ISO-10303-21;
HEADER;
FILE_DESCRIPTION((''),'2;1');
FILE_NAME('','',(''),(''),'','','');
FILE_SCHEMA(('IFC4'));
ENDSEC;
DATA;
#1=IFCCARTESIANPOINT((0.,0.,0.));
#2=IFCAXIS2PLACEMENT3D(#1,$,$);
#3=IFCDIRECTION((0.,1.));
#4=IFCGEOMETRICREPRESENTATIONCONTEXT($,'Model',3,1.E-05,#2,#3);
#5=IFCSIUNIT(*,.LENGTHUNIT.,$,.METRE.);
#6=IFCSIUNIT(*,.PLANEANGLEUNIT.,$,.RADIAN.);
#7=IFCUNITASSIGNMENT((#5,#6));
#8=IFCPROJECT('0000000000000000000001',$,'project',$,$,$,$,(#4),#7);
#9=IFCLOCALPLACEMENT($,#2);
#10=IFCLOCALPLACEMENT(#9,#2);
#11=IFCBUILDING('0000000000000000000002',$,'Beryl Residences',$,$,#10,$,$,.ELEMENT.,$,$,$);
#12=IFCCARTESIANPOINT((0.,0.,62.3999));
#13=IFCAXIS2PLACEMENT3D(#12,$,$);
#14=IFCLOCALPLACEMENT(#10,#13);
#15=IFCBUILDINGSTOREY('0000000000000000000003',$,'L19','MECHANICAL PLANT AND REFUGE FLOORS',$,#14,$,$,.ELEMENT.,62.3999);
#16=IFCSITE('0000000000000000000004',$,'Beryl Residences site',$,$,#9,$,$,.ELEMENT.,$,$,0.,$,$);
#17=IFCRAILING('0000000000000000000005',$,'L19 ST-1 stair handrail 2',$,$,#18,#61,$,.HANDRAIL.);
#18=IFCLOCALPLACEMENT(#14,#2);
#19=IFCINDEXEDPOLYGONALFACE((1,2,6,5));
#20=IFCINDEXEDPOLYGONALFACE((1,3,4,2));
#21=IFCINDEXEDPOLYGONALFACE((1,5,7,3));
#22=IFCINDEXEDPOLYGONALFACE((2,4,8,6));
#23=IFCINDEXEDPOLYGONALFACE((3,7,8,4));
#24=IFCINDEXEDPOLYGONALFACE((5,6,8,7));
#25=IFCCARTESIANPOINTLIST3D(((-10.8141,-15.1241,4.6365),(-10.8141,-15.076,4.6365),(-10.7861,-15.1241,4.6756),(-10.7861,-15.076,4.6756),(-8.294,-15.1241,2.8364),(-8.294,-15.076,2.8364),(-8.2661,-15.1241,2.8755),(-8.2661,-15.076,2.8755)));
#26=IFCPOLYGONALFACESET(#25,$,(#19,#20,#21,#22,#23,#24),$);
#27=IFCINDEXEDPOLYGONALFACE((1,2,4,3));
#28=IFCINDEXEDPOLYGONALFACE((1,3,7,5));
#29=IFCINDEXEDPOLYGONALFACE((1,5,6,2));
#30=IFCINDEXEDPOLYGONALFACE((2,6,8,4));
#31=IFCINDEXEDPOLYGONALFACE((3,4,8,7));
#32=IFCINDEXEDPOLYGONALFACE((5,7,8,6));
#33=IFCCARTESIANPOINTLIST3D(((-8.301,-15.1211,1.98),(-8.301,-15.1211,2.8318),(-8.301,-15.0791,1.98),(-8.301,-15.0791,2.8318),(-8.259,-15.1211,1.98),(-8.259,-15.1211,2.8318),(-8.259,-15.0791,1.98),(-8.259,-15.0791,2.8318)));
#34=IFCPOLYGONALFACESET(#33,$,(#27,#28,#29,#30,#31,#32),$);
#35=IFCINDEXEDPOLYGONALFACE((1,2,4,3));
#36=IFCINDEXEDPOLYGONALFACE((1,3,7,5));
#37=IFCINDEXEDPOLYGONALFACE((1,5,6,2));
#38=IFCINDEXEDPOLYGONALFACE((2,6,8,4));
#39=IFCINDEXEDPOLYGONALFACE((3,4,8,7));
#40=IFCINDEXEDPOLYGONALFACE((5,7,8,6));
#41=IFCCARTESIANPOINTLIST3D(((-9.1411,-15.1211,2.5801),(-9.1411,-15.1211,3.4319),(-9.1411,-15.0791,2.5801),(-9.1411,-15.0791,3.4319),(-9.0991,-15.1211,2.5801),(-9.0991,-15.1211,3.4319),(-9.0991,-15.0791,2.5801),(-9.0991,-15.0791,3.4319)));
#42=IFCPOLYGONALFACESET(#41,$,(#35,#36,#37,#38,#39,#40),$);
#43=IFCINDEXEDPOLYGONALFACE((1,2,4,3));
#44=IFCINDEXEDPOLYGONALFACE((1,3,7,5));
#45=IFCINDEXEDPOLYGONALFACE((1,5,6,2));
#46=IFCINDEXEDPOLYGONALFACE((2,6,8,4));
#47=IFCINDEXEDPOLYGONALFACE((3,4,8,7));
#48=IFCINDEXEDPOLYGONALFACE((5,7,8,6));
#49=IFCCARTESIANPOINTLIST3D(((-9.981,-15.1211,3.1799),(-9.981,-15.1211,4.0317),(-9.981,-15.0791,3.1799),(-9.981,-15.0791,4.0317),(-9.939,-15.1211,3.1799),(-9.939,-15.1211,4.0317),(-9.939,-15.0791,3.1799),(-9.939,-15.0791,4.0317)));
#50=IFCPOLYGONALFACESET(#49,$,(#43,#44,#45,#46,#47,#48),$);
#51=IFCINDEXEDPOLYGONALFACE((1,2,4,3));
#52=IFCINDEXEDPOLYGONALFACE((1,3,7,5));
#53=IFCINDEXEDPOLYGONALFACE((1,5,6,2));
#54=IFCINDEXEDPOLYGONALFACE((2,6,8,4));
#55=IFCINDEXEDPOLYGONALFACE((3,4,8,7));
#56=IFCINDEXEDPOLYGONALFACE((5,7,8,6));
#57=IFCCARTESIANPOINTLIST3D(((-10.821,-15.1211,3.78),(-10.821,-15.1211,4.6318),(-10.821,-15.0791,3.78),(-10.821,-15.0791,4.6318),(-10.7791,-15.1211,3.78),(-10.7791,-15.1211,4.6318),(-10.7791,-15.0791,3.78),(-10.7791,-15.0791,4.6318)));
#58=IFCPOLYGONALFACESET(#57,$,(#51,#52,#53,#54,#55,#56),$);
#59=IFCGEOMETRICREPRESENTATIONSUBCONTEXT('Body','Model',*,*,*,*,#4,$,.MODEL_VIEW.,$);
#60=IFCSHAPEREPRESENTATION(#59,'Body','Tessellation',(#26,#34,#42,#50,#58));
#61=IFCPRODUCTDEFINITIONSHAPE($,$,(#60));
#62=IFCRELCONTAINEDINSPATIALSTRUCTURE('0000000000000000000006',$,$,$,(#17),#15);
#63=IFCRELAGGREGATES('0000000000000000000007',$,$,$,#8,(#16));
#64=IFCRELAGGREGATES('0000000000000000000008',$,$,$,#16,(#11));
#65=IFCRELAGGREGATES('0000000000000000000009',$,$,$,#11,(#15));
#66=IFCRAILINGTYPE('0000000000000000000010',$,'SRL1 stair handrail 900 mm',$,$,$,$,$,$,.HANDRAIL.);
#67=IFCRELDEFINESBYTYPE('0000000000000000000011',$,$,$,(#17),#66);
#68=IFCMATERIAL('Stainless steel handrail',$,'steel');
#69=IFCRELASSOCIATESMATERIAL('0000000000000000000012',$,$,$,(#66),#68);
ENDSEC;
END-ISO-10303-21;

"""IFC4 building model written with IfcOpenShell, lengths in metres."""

from ifc_helpers import new_model, si_unit, direction, frame, origin, origin_2d, place, context, subcontext, project, spatial, rectangle, extrude, material, type_object, element, save


model = new_model("IFC4")

# Units and contexts
model_context = context("Model", 3, precision=1e-05, world=origin(), true_north=direction((0.0, 1.0)))
body_context = subcontext(model_context, "Body", "Model", "MODEL_VIEW")
ifc_project = project(units=[si_unit("LENGTHUNIT", "METRE"), si_unit("PLANEANGLEUNIT", "RADIAN")], contexts=[model_context])

# Site, building, storey
site_placement = place(None, origin())
site = spatial("IfcSite", under=ifc_project, at=site_placement, Name="Beryl Residences site", CompositionType="ELEMENT", RefElevation=0.0)
building_placement = place(site_placement, origin())
building = spatial("IfcBuilding", under=site, at=building_placement, Name="Beryl Residences", CompositionType="ELEMENT")
storey_placement = place(building_placement, frame((0.0, 0.0, 62.3999)))
storey = spatial("IfcBuildingStorey", under=building, at=storey_placement, Name="L19", Description="MECHANICAL PLANT AND REFUGE FLOORS", CompositionType="ELEMENT", Elevation=62.3999)

# Railing
ifc_material_1 = material(Name="Stainless steel handrail", Category="steel")
railing_type_1 = type_object("IfcRailingType", Name="SRL1 stair handrail 900 mm", PredefinedType="HANDRAIL", material=ifc_material_1)
railing_1_placement = place(storey_placement, frame((-8.28, -15.1001, 1.98)))
element("IfcRailing", 1, at=railing_1_placement, inside=storey, type_object=railing_type_1, Name="L19 ST-1 stair handrail 2", PredefinedType="HANDRAIL", context=body_context, shape_type="SweptSolid", body=[
    extrude(rectangle(XDim=0.0481, YDim=0.0481, at=origin_2d()), frame((0.0, 0.0, 0.876), z_axis=(-0.813728, 0.0, 0.581246), x_axis=(0.0, -1.0, 0.0)), (0.0, 0.0, 1.0), 3.0969),
    extrude(rectangle(XDim=0.042, YDim=0.042, at=origin_2d()), origin(), (0.0, 0.0, 1.0), 0.8518),
    extrude(rectangle(XDim=0.042, YDim=0.042, at=origin_2d()), frame((-0.8401, 0.0, 0.6001)), (0.0, 0.0, 1.0), 0.8518),
    extrude(rectangle(XDim=0.042, YDim=0.042, at=origin_2d()), frame((-1.6799, 0.0, 1.2)), (0.0, 0.0, 1.0), 0.8518),
    extrude(rectangle(XDim=0.042, YDim=0.042, at=origin_2d()), frame((-2.52, 0.0, 1.8)), (0.0, 0.0, 1.0), 0.8518),
])

save(model, "model.ifc")
